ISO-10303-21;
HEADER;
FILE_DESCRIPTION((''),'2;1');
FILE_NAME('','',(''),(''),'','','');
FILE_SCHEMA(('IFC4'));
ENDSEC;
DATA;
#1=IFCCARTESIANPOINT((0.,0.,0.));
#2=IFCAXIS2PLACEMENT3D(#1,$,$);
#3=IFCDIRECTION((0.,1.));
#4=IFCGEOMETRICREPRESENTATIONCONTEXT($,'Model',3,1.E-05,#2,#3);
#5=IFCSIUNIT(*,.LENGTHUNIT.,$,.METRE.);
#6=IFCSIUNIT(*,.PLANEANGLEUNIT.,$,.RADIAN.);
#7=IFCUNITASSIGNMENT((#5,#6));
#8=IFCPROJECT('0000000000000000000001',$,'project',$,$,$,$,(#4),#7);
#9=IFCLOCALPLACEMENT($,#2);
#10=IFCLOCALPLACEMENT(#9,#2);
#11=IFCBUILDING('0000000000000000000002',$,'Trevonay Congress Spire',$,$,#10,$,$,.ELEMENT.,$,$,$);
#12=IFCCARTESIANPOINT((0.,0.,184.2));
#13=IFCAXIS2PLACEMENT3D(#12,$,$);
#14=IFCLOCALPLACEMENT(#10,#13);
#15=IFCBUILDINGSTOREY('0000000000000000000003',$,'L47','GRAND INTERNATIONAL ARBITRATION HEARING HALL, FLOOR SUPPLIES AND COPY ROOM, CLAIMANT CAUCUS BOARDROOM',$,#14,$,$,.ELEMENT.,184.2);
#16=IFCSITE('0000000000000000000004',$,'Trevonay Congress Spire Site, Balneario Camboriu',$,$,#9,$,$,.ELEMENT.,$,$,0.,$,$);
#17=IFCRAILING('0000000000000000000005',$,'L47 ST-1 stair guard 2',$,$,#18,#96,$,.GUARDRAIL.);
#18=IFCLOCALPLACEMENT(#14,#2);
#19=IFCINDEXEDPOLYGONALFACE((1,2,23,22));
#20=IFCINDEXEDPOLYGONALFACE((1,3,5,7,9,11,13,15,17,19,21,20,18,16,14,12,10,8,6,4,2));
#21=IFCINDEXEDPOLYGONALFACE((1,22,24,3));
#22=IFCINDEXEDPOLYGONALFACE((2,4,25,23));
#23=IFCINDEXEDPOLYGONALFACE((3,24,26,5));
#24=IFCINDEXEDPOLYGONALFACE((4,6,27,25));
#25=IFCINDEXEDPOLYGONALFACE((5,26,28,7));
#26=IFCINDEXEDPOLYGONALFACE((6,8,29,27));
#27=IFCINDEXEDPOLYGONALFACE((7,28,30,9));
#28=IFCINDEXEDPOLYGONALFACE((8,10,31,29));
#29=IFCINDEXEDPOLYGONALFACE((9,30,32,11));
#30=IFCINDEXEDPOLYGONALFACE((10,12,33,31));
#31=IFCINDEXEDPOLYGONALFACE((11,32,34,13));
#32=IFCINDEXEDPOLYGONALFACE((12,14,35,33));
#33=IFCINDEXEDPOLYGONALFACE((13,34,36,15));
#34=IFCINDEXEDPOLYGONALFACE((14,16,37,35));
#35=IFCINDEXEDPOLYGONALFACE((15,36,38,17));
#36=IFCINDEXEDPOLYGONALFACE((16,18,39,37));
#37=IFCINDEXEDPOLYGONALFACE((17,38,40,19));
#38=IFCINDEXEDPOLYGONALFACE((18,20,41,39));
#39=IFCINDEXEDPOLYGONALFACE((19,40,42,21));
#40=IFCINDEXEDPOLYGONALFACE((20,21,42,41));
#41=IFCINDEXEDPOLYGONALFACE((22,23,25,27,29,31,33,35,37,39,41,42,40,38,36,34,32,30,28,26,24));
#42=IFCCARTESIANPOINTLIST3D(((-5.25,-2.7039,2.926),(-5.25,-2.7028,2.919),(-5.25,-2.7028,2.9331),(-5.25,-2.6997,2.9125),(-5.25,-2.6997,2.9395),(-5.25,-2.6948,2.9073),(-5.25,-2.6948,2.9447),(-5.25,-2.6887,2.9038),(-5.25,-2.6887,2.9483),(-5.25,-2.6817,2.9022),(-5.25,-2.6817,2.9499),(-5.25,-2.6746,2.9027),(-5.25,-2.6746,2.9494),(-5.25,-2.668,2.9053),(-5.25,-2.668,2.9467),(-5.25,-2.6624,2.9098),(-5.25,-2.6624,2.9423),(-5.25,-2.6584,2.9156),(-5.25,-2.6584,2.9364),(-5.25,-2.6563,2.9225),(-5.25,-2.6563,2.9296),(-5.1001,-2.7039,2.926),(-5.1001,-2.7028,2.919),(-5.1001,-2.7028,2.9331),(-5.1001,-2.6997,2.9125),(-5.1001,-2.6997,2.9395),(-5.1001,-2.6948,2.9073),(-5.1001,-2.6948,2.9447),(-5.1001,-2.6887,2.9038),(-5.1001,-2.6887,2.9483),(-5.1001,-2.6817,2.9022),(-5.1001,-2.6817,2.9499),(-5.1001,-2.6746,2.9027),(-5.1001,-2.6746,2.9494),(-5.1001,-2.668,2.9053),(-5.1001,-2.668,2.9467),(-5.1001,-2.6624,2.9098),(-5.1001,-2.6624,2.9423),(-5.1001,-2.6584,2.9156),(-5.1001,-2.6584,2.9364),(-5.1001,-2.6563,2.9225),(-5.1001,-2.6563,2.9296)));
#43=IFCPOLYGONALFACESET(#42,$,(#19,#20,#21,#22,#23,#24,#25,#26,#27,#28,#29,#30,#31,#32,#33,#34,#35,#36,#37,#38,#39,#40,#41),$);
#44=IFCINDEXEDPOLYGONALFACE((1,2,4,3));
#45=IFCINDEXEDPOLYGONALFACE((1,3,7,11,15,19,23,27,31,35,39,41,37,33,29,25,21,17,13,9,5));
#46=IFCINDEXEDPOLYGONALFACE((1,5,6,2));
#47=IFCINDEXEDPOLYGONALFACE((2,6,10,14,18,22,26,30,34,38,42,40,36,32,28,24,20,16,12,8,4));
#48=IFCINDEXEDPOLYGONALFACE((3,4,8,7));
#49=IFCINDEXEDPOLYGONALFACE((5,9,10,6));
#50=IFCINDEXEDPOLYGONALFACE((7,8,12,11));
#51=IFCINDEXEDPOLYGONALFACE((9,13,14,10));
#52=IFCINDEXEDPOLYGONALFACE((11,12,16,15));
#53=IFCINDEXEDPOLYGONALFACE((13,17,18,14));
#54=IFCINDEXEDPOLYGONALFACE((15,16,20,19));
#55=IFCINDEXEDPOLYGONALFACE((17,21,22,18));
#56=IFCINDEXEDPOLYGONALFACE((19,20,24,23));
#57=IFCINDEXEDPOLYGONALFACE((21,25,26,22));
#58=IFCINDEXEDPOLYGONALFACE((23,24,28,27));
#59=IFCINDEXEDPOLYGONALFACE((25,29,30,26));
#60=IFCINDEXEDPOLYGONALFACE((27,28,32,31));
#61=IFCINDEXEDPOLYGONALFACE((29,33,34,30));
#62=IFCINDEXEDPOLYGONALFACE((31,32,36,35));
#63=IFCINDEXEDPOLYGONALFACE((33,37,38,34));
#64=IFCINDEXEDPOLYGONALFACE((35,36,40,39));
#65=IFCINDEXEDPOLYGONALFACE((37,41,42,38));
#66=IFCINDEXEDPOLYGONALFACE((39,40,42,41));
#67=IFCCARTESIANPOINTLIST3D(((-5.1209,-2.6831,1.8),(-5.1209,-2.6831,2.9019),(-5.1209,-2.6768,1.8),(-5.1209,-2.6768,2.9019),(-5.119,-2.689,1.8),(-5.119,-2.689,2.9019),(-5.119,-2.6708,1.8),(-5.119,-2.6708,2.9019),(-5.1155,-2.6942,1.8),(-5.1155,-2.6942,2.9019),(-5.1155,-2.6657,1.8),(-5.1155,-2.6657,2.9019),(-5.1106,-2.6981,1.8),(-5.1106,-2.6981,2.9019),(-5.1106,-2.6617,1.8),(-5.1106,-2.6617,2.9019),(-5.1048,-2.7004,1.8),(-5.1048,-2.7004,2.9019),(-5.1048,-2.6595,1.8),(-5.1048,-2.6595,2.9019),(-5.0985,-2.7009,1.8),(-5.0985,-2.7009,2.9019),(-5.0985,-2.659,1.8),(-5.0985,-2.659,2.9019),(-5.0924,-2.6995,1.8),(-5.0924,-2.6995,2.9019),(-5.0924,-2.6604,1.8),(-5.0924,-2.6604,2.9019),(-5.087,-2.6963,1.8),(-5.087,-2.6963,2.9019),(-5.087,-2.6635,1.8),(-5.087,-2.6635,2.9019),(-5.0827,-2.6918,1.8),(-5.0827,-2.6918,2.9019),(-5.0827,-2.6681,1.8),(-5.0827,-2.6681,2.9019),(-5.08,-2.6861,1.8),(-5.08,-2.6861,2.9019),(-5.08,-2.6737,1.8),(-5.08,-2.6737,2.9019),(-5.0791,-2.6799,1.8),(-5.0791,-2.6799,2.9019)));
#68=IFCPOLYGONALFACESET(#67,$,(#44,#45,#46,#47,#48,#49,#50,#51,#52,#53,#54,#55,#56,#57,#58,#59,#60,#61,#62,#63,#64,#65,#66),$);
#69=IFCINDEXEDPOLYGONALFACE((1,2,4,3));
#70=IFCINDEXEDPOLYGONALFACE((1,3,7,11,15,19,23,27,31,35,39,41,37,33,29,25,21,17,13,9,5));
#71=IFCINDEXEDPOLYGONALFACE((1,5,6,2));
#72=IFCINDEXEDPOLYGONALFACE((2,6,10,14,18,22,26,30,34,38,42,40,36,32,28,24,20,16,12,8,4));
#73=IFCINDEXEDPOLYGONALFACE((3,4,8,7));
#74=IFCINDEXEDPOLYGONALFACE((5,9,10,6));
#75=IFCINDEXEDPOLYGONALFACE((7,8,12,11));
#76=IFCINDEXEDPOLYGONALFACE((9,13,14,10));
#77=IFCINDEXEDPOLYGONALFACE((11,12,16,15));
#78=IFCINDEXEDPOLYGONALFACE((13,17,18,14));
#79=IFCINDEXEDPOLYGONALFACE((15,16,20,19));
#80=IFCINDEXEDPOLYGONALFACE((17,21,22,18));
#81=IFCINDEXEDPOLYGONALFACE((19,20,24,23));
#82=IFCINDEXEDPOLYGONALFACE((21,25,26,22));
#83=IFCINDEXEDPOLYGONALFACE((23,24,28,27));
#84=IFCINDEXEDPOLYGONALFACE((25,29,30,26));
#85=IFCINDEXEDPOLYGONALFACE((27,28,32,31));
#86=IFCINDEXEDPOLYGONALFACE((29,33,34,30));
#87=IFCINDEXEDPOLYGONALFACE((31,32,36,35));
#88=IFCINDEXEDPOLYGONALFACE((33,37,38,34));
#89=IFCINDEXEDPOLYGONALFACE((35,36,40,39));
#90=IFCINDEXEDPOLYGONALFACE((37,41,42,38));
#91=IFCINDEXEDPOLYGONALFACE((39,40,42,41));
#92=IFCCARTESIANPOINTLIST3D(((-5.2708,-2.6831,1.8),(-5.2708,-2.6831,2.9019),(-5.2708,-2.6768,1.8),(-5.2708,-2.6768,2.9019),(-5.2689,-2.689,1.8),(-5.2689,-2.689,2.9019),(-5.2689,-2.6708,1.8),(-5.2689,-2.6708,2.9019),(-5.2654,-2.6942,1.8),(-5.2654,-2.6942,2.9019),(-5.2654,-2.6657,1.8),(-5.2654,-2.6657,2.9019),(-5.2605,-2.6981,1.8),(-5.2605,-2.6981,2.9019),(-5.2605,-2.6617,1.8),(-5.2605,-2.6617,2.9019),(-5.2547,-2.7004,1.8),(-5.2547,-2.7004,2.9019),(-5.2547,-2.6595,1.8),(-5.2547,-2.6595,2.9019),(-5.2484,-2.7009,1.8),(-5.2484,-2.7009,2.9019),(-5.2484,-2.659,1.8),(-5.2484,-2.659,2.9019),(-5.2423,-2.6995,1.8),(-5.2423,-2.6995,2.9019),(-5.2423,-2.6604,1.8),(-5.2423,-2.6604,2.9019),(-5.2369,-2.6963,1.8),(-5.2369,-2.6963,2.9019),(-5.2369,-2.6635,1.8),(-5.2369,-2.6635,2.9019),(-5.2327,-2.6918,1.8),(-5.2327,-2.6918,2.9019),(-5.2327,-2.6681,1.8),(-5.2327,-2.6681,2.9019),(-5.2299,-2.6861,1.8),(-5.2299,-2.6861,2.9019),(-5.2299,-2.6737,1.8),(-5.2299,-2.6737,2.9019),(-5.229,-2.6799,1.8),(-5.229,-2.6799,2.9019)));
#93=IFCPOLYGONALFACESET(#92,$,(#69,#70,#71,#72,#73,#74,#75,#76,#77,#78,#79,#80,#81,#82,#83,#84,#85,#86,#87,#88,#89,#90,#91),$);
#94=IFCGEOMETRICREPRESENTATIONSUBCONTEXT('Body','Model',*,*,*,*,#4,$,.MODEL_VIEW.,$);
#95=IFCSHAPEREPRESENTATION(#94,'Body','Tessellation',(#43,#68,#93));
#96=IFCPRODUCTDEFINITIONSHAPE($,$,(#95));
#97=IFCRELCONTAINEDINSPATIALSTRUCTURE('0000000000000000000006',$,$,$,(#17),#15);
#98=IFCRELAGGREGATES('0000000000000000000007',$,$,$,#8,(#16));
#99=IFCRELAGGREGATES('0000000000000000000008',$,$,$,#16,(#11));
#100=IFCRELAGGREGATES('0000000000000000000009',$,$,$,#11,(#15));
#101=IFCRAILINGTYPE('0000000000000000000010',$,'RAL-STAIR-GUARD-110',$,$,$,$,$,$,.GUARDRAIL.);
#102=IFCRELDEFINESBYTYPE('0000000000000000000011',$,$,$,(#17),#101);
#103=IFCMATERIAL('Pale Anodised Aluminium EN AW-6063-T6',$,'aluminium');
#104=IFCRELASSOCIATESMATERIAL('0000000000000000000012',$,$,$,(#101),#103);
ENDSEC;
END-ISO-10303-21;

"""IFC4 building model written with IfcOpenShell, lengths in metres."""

from ifc_helpers import new_model, si_unit, direction, frame, origin, origin_2d, place, context, subcontext, project, spatial, circle, extrude, material, type_object, element, save


model = new_model("IFC4")

# Units and contexts
model_context = context("Model", 3, precision=1e-05, world=origin(), true_north=direction((0.0, 1.0)))
body_context = subcontext(model_context, "Body", "Model", "MODEL_VIEW")
ifc_project = project(units=[si_unit("LENGTHUNIT", "METRE"), si_unit("PLANEANGLEUNIT", "RADIAN")], contexts=[model_context])

# Site, building, storey
site_placement = place(None, origin())
site = spatial("IfcSite", under=ifc_project, at=site_placement, Name="Trevonay Congress Spire Site, Balneario Camboriu", CompositionType="ELEMENT", RefElevation=0.0)
building_placement = place(site_placement, origin())
building = spatial("IfcBuilding", under=site, at=building_placement, Name="Trevonay Congress Spire", CompositionType="ELEMENT")
storey_placement = place(building_placement, frame((0.0, 0.0, 184.2)))
storey = spatial("IfcBuildingStorey", under=building, at=storey_placement, Name="L47", Description="GRAND INTERNATIONAL ARBITRATION HEARING HALL, FLOOR SUPPLIES AND COPY ROOM, CLAIMANT CAUCUS BOARDROOM", CompositionType="ELEMENT", Elevation=184.2)

# Shared definitions
ifc_material_1 = material(Name="Pale Anodised Aluminium EN AW-6063-T6", Category="aluminium")

# Railing
railing_type_1 = type_object("IfcRailingType", Name="RAL-STAIR-GUARD-110", PredefinedType="GUARDRAIL", material=ifc_material_1)
railing_1_placement = place(storey_placement, frame((-5.1001, -2.6799, 1.8)))
element("IfcRailing", 1, at=railing_1_placement, inside=storey, type_object=railing_type_1, Name="L47 ST-1 stair guard 2", PredefinedType="GUARDRAIL", context=body_context, shape_type="SweptSolid", body=[
    extrude(circle(Radius=0.0239, at=origin_2d()), frame((0.0, 0.0, 1.126), z_axis=(-1.0, 0.0, 0.0), x_axis=(0.0, -1.0, 0.0)), (0.0, 0.0, 1.0), 0.1499),
    extrude(circle(Radius=0.021, at=origin_2d()), origin(), (0.0, 0.0, 1.0), 1.1018),
    extrude(circle(Radius=0.021, at=origin_2d()), frame((-0.1499, 0.0, 0.0)), (0.0, 0.0, 1.0), 1.1018),
])

save(model, "model.ifc")
